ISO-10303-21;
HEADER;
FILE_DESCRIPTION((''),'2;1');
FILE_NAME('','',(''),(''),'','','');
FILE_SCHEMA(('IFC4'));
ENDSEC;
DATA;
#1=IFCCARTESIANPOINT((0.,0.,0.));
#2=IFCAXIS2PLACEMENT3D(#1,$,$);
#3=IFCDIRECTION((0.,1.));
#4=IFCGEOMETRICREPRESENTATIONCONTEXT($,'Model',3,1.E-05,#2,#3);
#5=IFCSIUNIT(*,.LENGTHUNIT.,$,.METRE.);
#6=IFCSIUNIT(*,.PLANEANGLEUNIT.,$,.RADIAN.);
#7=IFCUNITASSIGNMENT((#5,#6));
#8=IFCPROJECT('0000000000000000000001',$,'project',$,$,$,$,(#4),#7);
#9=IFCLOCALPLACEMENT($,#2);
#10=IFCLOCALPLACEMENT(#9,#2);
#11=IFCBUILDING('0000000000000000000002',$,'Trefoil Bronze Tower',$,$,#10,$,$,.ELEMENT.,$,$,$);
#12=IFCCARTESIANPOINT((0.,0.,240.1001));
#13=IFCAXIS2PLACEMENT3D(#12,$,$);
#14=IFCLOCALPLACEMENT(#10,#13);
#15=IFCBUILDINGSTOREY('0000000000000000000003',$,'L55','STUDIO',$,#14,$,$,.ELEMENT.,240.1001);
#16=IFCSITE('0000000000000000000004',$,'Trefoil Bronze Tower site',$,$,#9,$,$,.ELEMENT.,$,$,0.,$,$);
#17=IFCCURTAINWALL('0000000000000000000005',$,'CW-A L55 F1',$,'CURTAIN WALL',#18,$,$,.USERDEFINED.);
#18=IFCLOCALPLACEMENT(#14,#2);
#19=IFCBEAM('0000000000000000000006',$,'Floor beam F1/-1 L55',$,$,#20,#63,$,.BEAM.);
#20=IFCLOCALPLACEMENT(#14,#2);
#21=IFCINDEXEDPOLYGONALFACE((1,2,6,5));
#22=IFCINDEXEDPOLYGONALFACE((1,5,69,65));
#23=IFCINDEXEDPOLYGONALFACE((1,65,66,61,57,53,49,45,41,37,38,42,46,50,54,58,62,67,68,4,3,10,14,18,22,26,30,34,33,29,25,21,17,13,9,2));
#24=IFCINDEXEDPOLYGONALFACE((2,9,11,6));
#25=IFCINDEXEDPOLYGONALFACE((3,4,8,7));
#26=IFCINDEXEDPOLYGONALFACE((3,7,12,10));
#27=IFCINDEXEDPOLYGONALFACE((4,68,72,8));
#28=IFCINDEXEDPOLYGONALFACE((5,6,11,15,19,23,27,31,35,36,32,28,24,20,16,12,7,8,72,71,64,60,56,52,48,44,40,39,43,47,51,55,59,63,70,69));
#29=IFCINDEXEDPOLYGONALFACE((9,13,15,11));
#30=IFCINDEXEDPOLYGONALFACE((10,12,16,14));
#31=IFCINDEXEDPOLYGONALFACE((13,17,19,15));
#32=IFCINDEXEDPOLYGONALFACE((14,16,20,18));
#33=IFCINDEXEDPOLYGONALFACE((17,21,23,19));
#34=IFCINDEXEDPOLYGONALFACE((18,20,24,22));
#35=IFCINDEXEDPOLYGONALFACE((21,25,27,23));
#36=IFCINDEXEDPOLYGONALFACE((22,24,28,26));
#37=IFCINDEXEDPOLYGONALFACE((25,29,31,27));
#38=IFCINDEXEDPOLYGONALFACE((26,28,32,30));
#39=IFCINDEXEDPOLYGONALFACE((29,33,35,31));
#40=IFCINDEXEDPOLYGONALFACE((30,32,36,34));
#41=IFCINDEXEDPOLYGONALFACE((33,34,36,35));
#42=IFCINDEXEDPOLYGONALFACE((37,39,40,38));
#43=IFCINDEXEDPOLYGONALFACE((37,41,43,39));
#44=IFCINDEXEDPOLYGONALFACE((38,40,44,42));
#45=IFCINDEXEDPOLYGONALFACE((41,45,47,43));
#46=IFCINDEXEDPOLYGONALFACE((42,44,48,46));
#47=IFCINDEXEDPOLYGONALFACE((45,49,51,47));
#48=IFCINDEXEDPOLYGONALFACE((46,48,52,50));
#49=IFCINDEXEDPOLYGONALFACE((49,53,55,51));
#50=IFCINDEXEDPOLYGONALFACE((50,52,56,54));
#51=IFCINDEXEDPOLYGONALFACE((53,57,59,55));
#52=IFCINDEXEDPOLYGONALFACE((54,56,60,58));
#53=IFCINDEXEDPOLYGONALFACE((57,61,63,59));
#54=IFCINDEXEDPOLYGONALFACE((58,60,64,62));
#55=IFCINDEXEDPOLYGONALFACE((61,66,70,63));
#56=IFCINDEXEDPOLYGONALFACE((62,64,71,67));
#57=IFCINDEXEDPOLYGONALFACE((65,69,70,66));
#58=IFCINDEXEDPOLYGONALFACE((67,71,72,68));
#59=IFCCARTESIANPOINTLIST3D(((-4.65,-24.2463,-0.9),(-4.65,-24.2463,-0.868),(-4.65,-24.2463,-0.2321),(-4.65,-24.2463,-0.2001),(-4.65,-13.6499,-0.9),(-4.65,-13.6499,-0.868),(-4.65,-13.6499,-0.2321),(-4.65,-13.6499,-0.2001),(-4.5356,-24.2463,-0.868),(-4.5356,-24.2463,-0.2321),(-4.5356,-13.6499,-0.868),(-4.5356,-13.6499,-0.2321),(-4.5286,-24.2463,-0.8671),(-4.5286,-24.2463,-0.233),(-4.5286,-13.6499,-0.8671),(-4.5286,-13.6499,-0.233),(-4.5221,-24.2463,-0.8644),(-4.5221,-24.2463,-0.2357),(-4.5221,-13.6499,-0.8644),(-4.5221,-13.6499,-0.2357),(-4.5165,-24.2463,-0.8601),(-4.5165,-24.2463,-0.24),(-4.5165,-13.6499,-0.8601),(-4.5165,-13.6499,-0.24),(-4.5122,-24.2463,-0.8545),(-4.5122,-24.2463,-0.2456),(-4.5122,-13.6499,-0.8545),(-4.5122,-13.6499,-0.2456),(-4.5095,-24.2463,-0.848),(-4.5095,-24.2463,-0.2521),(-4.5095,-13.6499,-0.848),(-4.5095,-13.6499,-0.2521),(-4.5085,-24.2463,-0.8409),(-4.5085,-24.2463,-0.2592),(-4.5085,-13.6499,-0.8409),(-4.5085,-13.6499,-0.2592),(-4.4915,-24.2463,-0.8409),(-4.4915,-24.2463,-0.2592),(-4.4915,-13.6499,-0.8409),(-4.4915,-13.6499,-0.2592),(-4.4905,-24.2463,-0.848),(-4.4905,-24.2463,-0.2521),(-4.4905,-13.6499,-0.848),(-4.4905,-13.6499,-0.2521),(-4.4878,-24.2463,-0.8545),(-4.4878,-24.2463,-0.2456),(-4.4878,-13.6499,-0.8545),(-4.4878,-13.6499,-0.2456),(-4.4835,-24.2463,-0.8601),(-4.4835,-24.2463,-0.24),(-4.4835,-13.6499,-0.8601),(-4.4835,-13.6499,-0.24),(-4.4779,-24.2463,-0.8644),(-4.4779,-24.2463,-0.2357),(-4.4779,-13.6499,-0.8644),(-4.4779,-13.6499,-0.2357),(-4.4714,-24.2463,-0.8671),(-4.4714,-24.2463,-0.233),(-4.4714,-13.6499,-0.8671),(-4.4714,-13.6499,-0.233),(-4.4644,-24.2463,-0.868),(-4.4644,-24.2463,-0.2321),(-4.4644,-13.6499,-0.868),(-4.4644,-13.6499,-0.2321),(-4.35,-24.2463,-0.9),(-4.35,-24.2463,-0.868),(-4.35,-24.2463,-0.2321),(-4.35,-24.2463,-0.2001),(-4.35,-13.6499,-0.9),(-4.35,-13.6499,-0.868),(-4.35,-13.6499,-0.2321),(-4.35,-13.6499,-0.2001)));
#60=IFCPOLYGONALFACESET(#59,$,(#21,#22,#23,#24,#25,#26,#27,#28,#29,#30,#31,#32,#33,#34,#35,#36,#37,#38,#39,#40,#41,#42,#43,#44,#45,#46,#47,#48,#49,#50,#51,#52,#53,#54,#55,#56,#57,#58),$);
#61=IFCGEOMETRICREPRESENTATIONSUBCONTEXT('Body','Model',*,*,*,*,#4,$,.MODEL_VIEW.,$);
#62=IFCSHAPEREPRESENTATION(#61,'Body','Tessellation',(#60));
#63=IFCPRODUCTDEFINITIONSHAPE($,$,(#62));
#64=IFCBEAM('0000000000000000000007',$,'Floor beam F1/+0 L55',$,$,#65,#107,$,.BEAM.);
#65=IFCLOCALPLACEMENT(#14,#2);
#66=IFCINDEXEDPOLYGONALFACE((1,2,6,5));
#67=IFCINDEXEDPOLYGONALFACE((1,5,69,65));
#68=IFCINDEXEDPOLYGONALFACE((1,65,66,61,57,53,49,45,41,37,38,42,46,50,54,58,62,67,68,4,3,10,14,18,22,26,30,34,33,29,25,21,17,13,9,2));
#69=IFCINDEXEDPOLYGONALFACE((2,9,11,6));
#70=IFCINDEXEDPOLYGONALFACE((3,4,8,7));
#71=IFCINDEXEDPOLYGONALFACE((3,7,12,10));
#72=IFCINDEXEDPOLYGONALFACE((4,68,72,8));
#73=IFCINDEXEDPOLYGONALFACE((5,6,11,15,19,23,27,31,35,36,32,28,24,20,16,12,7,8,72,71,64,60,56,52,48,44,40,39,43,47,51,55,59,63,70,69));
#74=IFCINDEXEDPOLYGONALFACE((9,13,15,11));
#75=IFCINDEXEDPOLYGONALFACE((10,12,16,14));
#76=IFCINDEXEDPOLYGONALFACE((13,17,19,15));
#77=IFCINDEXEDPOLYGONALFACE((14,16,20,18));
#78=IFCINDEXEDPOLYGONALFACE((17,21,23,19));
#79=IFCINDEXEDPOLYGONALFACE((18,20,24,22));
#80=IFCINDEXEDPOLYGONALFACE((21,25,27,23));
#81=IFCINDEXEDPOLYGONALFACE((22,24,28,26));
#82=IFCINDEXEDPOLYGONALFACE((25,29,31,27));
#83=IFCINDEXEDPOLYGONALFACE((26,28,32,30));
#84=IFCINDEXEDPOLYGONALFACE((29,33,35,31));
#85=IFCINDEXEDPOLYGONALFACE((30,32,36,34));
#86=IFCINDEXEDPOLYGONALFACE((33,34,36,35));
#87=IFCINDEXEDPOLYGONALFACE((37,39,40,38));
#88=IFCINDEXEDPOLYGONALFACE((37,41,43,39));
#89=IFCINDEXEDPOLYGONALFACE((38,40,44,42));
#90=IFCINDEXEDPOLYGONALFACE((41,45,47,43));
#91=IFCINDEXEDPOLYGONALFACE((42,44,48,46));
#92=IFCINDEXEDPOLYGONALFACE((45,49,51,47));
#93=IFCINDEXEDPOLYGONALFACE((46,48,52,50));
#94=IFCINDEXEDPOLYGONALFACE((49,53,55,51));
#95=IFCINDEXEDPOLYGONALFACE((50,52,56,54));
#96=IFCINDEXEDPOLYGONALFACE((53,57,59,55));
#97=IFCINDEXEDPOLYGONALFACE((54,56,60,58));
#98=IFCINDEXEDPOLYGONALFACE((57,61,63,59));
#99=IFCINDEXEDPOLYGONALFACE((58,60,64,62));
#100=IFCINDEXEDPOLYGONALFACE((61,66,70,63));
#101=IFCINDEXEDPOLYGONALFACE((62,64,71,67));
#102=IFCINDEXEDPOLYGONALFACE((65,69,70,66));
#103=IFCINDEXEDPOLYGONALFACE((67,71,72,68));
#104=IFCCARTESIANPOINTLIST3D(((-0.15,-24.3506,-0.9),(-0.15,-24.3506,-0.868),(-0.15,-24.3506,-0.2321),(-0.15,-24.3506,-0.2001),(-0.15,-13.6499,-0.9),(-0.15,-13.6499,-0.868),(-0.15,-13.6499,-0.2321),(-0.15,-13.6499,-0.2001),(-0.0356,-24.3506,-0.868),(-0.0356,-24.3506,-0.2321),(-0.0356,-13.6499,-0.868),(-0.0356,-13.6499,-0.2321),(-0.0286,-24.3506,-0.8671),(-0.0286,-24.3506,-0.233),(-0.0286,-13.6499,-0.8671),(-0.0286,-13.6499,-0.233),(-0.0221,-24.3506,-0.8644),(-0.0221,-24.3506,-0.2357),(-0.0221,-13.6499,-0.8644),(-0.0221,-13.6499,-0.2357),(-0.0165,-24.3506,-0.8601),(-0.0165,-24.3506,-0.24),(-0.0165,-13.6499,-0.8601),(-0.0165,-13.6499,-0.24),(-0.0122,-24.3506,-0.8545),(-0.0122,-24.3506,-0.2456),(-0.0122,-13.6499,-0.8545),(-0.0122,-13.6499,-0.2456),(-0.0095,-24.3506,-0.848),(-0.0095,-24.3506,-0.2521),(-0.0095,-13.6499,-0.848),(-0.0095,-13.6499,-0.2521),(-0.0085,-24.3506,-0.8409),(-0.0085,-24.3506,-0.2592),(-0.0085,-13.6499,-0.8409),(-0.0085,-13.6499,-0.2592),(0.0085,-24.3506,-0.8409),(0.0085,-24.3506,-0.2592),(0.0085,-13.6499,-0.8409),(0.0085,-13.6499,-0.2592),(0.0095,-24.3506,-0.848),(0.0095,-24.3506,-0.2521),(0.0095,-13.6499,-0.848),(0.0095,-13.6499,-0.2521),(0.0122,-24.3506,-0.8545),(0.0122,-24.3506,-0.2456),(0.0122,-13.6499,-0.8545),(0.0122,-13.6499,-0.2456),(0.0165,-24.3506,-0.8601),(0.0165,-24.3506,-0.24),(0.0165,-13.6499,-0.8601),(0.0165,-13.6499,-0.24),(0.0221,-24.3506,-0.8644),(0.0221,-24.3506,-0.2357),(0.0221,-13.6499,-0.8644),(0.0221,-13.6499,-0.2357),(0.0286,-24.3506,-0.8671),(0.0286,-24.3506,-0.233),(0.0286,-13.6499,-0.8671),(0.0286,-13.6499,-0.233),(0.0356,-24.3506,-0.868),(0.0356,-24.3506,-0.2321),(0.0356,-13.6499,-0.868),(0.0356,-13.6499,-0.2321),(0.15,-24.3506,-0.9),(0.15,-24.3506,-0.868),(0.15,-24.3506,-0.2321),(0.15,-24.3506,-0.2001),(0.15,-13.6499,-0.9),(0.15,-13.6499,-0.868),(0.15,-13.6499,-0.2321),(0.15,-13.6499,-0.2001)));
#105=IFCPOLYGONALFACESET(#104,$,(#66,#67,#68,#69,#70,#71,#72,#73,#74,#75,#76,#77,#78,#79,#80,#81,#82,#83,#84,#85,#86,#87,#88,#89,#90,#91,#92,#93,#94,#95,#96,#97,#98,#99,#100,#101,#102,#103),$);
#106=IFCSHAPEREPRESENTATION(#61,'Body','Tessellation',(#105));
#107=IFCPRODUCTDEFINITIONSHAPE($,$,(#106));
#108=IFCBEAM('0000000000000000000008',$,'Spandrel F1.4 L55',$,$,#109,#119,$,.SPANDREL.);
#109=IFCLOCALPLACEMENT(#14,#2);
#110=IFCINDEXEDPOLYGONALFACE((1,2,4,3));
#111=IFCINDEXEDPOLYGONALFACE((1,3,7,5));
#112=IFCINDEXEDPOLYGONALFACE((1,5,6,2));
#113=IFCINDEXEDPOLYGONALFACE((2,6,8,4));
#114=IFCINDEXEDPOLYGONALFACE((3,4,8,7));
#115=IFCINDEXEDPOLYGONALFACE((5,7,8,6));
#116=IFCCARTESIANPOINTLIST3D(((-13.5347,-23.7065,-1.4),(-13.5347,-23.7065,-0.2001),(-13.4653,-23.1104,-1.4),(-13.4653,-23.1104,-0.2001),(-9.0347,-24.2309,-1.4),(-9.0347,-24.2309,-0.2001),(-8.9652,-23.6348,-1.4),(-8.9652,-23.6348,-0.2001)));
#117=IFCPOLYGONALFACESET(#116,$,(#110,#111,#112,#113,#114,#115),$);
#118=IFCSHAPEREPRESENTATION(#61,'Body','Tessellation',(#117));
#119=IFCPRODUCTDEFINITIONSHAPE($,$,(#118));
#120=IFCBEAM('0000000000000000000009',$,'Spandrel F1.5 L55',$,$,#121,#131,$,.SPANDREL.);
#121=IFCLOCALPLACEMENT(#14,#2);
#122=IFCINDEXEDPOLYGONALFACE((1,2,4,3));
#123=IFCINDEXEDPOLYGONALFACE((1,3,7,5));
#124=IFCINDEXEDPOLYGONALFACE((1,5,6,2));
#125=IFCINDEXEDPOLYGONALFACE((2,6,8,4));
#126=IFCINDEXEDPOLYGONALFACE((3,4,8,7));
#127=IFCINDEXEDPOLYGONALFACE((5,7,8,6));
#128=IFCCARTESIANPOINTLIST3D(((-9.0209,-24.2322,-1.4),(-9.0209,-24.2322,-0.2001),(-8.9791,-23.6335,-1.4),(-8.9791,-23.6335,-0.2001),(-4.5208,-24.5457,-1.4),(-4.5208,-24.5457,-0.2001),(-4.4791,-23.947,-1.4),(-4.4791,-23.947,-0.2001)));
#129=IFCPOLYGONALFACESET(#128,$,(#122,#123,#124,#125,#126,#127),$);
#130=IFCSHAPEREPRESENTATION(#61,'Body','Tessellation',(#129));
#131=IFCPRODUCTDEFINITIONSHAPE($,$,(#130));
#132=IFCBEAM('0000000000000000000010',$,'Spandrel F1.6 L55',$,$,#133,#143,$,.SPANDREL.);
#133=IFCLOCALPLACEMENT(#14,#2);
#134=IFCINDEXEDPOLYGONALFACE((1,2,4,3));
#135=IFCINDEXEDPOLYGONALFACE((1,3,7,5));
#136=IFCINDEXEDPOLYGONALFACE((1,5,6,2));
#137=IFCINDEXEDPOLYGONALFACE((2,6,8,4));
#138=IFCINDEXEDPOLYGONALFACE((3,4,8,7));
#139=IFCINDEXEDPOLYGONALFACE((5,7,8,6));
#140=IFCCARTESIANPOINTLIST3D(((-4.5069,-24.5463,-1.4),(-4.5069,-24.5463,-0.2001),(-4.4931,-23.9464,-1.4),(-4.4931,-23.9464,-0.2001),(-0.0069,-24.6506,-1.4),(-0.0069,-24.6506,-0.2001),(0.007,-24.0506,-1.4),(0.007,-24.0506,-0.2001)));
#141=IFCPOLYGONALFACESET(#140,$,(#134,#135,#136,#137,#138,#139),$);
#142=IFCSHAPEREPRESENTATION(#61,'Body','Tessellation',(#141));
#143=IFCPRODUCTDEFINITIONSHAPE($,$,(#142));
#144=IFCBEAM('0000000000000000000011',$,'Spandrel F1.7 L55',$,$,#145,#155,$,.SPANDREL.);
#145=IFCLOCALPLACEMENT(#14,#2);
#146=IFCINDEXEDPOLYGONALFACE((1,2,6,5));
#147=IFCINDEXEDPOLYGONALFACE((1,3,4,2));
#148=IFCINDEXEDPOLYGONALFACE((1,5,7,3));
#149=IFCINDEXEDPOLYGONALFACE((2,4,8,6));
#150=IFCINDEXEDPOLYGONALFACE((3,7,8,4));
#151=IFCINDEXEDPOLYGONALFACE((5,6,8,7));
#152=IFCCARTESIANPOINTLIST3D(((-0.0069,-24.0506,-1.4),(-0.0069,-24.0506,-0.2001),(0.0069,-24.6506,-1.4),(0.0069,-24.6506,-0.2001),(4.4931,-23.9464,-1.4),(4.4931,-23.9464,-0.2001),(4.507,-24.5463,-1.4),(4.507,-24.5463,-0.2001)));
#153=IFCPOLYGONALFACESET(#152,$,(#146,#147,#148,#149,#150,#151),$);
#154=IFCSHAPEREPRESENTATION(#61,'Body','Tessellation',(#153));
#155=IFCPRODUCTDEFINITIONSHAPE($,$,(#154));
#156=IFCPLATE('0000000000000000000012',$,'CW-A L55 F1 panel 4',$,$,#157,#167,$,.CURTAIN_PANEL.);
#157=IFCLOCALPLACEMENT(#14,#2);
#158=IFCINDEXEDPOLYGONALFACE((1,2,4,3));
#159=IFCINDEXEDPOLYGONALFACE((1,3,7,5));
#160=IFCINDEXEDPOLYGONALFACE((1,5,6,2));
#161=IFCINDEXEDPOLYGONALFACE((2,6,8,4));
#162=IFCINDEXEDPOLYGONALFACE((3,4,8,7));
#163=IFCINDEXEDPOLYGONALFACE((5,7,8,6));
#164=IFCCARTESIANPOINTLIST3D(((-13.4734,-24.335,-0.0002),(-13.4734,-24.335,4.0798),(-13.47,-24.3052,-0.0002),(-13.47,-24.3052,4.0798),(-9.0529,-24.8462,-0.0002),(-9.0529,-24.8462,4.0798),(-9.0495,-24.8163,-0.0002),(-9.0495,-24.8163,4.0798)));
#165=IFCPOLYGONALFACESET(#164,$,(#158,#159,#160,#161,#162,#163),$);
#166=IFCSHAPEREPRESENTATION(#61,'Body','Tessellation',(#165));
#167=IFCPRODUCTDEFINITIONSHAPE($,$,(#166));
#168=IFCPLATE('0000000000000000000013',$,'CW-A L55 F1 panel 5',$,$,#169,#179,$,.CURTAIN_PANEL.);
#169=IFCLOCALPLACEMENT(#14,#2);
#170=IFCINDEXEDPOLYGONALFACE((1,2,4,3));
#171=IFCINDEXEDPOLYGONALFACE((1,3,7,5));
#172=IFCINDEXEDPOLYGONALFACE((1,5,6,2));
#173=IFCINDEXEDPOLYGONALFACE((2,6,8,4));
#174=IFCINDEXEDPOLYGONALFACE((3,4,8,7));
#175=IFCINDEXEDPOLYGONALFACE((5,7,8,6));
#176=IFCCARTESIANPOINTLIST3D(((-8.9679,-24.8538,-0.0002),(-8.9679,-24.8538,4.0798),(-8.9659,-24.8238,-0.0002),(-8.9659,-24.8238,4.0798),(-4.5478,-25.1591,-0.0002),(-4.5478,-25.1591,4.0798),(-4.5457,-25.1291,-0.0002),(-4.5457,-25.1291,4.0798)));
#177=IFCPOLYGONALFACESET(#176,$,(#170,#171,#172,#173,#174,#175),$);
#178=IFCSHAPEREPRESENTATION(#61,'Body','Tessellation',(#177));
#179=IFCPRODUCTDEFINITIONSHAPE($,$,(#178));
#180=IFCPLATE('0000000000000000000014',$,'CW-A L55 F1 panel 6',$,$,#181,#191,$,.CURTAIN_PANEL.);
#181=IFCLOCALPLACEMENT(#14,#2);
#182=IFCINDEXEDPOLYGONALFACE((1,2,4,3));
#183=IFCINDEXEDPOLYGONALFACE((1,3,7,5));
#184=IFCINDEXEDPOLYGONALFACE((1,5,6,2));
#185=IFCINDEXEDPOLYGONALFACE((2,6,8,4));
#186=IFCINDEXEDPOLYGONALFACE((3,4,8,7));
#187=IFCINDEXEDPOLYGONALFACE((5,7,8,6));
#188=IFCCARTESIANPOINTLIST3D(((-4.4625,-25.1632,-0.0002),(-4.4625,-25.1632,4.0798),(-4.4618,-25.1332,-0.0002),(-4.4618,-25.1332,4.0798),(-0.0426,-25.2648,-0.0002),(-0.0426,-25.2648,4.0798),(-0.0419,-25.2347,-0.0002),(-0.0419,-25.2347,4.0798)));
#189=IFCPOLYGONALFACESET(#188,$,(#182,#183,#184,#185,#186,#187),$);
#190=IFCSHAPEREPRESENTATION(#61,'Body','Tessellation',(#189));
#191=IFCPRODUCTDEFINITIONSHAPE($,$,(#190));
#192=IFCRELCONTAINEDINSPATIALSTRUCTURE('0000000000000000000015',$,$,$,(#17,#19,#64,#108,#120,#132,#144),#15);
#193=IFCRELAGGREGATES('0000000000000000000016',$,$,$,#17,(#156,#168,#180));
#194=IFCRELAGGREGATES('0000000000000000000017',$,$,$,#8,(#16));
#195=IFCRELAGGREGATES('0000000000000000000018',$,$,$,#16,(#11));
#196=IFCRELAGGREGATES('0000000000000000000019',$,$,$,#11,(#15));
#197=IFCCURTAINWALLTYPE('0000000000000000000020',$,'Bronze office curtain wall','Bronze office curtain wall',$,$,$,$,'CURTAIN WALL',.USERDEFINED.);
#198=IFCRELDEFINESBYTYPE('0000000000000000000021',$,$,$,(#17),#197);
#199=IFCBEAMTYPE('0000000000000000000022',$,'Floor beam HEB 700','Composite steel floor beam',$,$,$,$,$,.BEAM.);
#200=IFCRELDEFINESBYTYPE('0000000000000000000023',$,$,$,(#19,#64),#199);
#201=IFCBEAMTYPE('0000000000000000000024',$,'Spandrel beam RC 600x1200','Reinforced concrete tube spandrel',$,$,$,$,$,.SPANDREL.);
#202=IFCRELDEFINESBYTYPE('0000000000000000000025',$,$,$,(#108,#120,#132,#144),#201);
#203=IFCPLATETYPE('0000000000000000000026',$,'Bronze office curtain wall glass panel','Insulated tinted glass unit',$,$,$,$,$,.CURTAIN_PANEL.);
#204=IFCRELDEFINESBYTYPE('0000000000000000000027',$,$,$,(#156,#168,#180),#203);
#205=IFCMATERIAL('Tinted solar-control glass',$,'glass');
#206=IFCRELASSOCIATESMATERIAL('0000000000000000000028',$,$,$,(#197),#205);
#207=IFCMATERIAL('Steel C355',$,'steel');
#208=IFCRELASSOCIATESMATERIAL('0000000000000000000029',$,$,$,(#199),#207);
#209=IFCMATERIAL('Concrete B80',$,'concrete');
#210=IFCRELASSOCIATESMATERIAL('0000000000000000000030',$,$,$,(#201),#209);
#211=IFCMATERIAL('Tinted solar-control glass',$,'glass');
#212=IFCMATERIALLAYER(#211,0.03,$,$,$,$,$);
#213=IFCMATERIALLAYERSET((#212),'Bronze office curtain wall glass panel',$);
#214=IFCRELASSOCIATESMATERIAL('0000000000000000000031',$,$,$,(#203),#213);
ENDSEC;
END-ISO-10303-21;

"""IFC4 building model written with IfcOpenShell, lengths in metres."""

from ifc_helpers import new_model, si_unit, direction, frame, origin, origin_2d, place, context, subcontext, project, spatial, rectangle, i_section, extrude, material, layer, layer_set, material_profile, profile_set, type_object, element, aggregate, save


model = new_model("IFC4")

# Units and contexts
model_context = context("Model", 3, precision=1e-05, world=origin(), true_north=direction((0.0, 1.0)))
body_context = subcontext(model_context, "Body", "Model", "MODEL_VIEW")
ifc_project = project(units=[si_unit("LENGTHUNIT", "METRE"), si_unit("PLANEANGLEUNIT", "RADIAN")], contexts=[model_context])

# Site, building, storey
site_placement = place(None, origin())
site = spatial("IfcSite", under=ifc_project, at=site_placement, Name="Trefoil Bronze Tower site", CompositionType="ELEMENT", RefElevation=0.0)
building_placement = place(site_placement, origin())
building = spatial("IfcBuilding", under=site, at=building_placement, Name="Trefoil Bronze Tower", CompositionType="ELEMENT")
storey_placement = place(building_placement, frame((0.0, 0.0, 240.1001)))
storey = spatial("IfcBuildingStorey", under=building, at=storey_placement, Name="L55", Description="STUDIO", CompositionType="ELEMENT", Elevation=240.1001)

# Curtain wall
ifc_material_1 = material(Name="Tinted solar-control glass", Category="glass")
curtain_wall_type = type_object("IfcCurtainWallType", Name="Bronze office curtain wall", Description="Bronze office curtain wall", ElementType="CURTAIN WALL", PredefinedType="USERDEFINED", material=ifc_material_1)
curtain_wall_placement = place(storey_placement, origin())
curtain_wall = element("IfcCurtainWall", 1, at=curtain_wall_placement, inside=storey, type_object=curtain_wall_type, Name="CW-A L55 F1", ObjectType="CURTAIN WALL", PredefinedType="USERDEFINED")

# Beams
ifc_material_2 = material(Name="Steel C355", Category="steel")
ifc_material_profile_1 = material_profile(ifc_material_2, i_section(OverallWidth=0.3, OverallDepth=0.7, WebThickness=0.0171, FlangeThickness=0.032, FilletRadius=0.0271, at=origin_2d()), Name="HEB 700")
ifc_profile_set_1 = profile_set([ifc_material_profile_1], Name="Steel C355")
beam_type_1 = type_object("IfcBeamType", Name="Floor beam HEB 700", Description="Composite steel floor beam", PredefinedType="BEAM", material=ifc_profile_set_1)
beam_1_placement = place(storey_placement, frame((-4.5, -24.2463, -0.55), z_axis=(0.0, 1.0, 0.0), x_axis=(-1.0, 0.0, 0.0)))
element("IfcBeam", 2, at=beam_1_placement, inside=storey, type_object=beam_type_1, Name="Floor beam F1/-1 L55", PredefinedType="BEAM", context=body_context, shape_type="SweptSolid", body=[
    extrude(i_section(OverallWidth=0.3, OverallDepth=0.7, WebThickness=0.0171, FlangeThickness=0.032, FilletRadius=0.0271, at=origin_2d()), origin(), (0.0, 0.0, 1.0), 10.5964),
])
beam_2_placement = place(storey_placement, frame((0.0, -24.3506, -0.55), z_axis=(0.0, 1.0, 0.0), x_axis=(-1.0, 0.0, 0.0)))
element("IfcBeam", 3, at=beam_2_placement, inside=storey, type_object=beam_type_1, Name="Floor beam F1/+0 L55", PredefinedType="BEAM", context=body_context, shape_type="SweptSolid", body=[
    extrude(i_section(OverallWidth=0.3, OverallDepth=0.7, WebThickness=0.0171, FlangeThickness=0.032, FilletRadius=0.0271, at=origin_2d()), origin(), (0.0, 0.0, 1.0), 10.7007),
])
ifc_material_3 = material(Name="Concrete B80", Category="concrete")
ifc_material_profile_2 = material_profile(ifc_material_3, rectangle(XDim=0.6001, YDim=1.2, at=origin_2d()), Name="RC 600x1200")
ifc_profile_set_2 = profile_set([ifc_material_profile_2], Name="Concrete B80")
beam_type_2 = type_object("IfcBeamType", Name="Spandrel beam RC 600x1200", Description="Reinforced concrete tube spandrel", PredefinedType="SPANDREL", material=ifc_profile_set_2)
beam_3_placement = place(storey_placement, frame((-13.5, -23.4084, -0.8), z_axis=(0.993278, -0.115753, 0.0), x_axis=(0.115753, 0.993278, 0.0)))
element("IfcBeam", 4, at=beam_3_placement, inside=storey, type_object=beam_type_2, Name="Spandrel F1.4 L55", PredefinedType="SPANDREL", context=body_context, shape_type="SweptSolid", body=[
    extrude(rectangle(XDim=0.6001, YDim=1.2, at=origin_2d()), origin(), (0.0, 0.0, 1.0), 4.5305),
])
beam_4_placement = place(storey_placement, frame((-9.0, -23.9329, -0.8), z_axis=(0.997582, -0.069493, 0.0), x_axis=(0.069493, 0.997582, 0.0)))
element("IfcBeam", 5, at=beam_4_placement, inside=storey, type_object=beam_type_2, Name="Spandrel F1.5 L55", PredefinedType="SPANDREL", context=body_context, shape_type="SweptSolid", body=[
    extrude(rectangle(XDim=0.6001, YDim=1.2, at=origin_2d()), origin(), (0.0, 0.0, 1.0), 4.511),
])
for number, where, z_axis, x_axis, name in (
    (6, (-4.5, -24.2463, -0.8), (0.999732, -0.02316, 0.0), (0.02316, 0.999732, 0.0), "Spandrel F1.6 L55"),
    (7, (0.0, -24.3506, -0.8), (0.999732, 0.02316, 0.0), (-0.02316, 0.999732, 0.0), "Spandrel F1.7 L55"),
):
    element("IfcBeam", number, at=place(storey_placement, frame(where, z_axis=z_axis, x_axis=x_axis)), inside=storey, type_object=beam_type_2, Name=name, PredefinedType="SPANDREL", context=body_context, shape_type="SweptSolid", body=[
        extrude(rectangle(XDim=0.6001, YDim=1.2, at=origin_2d()), origin(), (0.0, 0.0, 1.0), 4.5012),
    ])

# Plates
ifc_material_4 = material(Name="Tinted solar-control glass", Category="glass")
ifc_layer_1 = layer(ifc_material_4, 0.03)
ifc_layer_set_1 = layer_set([ifc_layer_1], Name="Bronze office curtain wall glass panel")
plate_type = type_object("IfcPlateType", Name="Bronze office curtain wall glass panel", Description="Insulated tinted glass unit", PredefinedType="CURTAIN_PANEL", material=ifc_layer_set_1)
plate_1_placement = place(storey_placement, frame((-11.2615, -24.5757, -0.0002), z_axis=(0.0, 0.0, 1.0), x_axis=(0.993382, -0.114859, 0.0)))
plate_1 = element("IfcPlate", 8, at=plate_1_placement, type_object=plate_type, Name="CW-A L55 F1 panel 4", PredefinedType="CURTAIN_PANEL", context=body_context, shape_type="SweptSolid", body=[
    extrude(rectangle(XDim=4.45, YDim=0.03, at=origin_2d()), origin(), (0.0, 0.0, 1.0), 4.0801),
])
plate_2_placement = place(storey_placement, frame((-6.7568, -24.9915, -0.0002), z_axis=(0.0, 0.0, 1.0), x_axis=(0.997623, -0.068915, 0.0)))
plate_2 = element("IfcPlate", 9, at=plate_2_placement, type_object=plate_type, Name="CW-A L55 F1 panel 5", PredefinedType="CURTAIN_PANEL", context=body_context, shape_type="SweptSolid", body=[
    extrude(rectangle(XDim=4.4307, YDim=0.03, at=origin_2d()), origin(), (0.0, 0.0, 1.0), 4.0801),
])
plate_3_placement = place(storey_placement, frame((-2.2522, -25.199, -0.0002), z_axis=(0.0, 0.0, 1.0), x_axis=(0.999736, -0.022972, 0.0)))
plate_3 = element("IfcPlate", 10, at=plate_3_placement, type_object=plate_type, Name="CW-A L55 F1 panel 6", PredefinedType="CURTAIN_PANEL", context=body_context, shape_type="SweptSolid", body=[
    extrude(rectangle(XDim=4.4211, YDim=0.03, at=origin_2d()), origin(), (0.0, 0.0, 1.0), 4.0801),
])
aggregate(curtain_wall, [plate_1, plate_2, plate_3])

save(model, "model.ifc")
